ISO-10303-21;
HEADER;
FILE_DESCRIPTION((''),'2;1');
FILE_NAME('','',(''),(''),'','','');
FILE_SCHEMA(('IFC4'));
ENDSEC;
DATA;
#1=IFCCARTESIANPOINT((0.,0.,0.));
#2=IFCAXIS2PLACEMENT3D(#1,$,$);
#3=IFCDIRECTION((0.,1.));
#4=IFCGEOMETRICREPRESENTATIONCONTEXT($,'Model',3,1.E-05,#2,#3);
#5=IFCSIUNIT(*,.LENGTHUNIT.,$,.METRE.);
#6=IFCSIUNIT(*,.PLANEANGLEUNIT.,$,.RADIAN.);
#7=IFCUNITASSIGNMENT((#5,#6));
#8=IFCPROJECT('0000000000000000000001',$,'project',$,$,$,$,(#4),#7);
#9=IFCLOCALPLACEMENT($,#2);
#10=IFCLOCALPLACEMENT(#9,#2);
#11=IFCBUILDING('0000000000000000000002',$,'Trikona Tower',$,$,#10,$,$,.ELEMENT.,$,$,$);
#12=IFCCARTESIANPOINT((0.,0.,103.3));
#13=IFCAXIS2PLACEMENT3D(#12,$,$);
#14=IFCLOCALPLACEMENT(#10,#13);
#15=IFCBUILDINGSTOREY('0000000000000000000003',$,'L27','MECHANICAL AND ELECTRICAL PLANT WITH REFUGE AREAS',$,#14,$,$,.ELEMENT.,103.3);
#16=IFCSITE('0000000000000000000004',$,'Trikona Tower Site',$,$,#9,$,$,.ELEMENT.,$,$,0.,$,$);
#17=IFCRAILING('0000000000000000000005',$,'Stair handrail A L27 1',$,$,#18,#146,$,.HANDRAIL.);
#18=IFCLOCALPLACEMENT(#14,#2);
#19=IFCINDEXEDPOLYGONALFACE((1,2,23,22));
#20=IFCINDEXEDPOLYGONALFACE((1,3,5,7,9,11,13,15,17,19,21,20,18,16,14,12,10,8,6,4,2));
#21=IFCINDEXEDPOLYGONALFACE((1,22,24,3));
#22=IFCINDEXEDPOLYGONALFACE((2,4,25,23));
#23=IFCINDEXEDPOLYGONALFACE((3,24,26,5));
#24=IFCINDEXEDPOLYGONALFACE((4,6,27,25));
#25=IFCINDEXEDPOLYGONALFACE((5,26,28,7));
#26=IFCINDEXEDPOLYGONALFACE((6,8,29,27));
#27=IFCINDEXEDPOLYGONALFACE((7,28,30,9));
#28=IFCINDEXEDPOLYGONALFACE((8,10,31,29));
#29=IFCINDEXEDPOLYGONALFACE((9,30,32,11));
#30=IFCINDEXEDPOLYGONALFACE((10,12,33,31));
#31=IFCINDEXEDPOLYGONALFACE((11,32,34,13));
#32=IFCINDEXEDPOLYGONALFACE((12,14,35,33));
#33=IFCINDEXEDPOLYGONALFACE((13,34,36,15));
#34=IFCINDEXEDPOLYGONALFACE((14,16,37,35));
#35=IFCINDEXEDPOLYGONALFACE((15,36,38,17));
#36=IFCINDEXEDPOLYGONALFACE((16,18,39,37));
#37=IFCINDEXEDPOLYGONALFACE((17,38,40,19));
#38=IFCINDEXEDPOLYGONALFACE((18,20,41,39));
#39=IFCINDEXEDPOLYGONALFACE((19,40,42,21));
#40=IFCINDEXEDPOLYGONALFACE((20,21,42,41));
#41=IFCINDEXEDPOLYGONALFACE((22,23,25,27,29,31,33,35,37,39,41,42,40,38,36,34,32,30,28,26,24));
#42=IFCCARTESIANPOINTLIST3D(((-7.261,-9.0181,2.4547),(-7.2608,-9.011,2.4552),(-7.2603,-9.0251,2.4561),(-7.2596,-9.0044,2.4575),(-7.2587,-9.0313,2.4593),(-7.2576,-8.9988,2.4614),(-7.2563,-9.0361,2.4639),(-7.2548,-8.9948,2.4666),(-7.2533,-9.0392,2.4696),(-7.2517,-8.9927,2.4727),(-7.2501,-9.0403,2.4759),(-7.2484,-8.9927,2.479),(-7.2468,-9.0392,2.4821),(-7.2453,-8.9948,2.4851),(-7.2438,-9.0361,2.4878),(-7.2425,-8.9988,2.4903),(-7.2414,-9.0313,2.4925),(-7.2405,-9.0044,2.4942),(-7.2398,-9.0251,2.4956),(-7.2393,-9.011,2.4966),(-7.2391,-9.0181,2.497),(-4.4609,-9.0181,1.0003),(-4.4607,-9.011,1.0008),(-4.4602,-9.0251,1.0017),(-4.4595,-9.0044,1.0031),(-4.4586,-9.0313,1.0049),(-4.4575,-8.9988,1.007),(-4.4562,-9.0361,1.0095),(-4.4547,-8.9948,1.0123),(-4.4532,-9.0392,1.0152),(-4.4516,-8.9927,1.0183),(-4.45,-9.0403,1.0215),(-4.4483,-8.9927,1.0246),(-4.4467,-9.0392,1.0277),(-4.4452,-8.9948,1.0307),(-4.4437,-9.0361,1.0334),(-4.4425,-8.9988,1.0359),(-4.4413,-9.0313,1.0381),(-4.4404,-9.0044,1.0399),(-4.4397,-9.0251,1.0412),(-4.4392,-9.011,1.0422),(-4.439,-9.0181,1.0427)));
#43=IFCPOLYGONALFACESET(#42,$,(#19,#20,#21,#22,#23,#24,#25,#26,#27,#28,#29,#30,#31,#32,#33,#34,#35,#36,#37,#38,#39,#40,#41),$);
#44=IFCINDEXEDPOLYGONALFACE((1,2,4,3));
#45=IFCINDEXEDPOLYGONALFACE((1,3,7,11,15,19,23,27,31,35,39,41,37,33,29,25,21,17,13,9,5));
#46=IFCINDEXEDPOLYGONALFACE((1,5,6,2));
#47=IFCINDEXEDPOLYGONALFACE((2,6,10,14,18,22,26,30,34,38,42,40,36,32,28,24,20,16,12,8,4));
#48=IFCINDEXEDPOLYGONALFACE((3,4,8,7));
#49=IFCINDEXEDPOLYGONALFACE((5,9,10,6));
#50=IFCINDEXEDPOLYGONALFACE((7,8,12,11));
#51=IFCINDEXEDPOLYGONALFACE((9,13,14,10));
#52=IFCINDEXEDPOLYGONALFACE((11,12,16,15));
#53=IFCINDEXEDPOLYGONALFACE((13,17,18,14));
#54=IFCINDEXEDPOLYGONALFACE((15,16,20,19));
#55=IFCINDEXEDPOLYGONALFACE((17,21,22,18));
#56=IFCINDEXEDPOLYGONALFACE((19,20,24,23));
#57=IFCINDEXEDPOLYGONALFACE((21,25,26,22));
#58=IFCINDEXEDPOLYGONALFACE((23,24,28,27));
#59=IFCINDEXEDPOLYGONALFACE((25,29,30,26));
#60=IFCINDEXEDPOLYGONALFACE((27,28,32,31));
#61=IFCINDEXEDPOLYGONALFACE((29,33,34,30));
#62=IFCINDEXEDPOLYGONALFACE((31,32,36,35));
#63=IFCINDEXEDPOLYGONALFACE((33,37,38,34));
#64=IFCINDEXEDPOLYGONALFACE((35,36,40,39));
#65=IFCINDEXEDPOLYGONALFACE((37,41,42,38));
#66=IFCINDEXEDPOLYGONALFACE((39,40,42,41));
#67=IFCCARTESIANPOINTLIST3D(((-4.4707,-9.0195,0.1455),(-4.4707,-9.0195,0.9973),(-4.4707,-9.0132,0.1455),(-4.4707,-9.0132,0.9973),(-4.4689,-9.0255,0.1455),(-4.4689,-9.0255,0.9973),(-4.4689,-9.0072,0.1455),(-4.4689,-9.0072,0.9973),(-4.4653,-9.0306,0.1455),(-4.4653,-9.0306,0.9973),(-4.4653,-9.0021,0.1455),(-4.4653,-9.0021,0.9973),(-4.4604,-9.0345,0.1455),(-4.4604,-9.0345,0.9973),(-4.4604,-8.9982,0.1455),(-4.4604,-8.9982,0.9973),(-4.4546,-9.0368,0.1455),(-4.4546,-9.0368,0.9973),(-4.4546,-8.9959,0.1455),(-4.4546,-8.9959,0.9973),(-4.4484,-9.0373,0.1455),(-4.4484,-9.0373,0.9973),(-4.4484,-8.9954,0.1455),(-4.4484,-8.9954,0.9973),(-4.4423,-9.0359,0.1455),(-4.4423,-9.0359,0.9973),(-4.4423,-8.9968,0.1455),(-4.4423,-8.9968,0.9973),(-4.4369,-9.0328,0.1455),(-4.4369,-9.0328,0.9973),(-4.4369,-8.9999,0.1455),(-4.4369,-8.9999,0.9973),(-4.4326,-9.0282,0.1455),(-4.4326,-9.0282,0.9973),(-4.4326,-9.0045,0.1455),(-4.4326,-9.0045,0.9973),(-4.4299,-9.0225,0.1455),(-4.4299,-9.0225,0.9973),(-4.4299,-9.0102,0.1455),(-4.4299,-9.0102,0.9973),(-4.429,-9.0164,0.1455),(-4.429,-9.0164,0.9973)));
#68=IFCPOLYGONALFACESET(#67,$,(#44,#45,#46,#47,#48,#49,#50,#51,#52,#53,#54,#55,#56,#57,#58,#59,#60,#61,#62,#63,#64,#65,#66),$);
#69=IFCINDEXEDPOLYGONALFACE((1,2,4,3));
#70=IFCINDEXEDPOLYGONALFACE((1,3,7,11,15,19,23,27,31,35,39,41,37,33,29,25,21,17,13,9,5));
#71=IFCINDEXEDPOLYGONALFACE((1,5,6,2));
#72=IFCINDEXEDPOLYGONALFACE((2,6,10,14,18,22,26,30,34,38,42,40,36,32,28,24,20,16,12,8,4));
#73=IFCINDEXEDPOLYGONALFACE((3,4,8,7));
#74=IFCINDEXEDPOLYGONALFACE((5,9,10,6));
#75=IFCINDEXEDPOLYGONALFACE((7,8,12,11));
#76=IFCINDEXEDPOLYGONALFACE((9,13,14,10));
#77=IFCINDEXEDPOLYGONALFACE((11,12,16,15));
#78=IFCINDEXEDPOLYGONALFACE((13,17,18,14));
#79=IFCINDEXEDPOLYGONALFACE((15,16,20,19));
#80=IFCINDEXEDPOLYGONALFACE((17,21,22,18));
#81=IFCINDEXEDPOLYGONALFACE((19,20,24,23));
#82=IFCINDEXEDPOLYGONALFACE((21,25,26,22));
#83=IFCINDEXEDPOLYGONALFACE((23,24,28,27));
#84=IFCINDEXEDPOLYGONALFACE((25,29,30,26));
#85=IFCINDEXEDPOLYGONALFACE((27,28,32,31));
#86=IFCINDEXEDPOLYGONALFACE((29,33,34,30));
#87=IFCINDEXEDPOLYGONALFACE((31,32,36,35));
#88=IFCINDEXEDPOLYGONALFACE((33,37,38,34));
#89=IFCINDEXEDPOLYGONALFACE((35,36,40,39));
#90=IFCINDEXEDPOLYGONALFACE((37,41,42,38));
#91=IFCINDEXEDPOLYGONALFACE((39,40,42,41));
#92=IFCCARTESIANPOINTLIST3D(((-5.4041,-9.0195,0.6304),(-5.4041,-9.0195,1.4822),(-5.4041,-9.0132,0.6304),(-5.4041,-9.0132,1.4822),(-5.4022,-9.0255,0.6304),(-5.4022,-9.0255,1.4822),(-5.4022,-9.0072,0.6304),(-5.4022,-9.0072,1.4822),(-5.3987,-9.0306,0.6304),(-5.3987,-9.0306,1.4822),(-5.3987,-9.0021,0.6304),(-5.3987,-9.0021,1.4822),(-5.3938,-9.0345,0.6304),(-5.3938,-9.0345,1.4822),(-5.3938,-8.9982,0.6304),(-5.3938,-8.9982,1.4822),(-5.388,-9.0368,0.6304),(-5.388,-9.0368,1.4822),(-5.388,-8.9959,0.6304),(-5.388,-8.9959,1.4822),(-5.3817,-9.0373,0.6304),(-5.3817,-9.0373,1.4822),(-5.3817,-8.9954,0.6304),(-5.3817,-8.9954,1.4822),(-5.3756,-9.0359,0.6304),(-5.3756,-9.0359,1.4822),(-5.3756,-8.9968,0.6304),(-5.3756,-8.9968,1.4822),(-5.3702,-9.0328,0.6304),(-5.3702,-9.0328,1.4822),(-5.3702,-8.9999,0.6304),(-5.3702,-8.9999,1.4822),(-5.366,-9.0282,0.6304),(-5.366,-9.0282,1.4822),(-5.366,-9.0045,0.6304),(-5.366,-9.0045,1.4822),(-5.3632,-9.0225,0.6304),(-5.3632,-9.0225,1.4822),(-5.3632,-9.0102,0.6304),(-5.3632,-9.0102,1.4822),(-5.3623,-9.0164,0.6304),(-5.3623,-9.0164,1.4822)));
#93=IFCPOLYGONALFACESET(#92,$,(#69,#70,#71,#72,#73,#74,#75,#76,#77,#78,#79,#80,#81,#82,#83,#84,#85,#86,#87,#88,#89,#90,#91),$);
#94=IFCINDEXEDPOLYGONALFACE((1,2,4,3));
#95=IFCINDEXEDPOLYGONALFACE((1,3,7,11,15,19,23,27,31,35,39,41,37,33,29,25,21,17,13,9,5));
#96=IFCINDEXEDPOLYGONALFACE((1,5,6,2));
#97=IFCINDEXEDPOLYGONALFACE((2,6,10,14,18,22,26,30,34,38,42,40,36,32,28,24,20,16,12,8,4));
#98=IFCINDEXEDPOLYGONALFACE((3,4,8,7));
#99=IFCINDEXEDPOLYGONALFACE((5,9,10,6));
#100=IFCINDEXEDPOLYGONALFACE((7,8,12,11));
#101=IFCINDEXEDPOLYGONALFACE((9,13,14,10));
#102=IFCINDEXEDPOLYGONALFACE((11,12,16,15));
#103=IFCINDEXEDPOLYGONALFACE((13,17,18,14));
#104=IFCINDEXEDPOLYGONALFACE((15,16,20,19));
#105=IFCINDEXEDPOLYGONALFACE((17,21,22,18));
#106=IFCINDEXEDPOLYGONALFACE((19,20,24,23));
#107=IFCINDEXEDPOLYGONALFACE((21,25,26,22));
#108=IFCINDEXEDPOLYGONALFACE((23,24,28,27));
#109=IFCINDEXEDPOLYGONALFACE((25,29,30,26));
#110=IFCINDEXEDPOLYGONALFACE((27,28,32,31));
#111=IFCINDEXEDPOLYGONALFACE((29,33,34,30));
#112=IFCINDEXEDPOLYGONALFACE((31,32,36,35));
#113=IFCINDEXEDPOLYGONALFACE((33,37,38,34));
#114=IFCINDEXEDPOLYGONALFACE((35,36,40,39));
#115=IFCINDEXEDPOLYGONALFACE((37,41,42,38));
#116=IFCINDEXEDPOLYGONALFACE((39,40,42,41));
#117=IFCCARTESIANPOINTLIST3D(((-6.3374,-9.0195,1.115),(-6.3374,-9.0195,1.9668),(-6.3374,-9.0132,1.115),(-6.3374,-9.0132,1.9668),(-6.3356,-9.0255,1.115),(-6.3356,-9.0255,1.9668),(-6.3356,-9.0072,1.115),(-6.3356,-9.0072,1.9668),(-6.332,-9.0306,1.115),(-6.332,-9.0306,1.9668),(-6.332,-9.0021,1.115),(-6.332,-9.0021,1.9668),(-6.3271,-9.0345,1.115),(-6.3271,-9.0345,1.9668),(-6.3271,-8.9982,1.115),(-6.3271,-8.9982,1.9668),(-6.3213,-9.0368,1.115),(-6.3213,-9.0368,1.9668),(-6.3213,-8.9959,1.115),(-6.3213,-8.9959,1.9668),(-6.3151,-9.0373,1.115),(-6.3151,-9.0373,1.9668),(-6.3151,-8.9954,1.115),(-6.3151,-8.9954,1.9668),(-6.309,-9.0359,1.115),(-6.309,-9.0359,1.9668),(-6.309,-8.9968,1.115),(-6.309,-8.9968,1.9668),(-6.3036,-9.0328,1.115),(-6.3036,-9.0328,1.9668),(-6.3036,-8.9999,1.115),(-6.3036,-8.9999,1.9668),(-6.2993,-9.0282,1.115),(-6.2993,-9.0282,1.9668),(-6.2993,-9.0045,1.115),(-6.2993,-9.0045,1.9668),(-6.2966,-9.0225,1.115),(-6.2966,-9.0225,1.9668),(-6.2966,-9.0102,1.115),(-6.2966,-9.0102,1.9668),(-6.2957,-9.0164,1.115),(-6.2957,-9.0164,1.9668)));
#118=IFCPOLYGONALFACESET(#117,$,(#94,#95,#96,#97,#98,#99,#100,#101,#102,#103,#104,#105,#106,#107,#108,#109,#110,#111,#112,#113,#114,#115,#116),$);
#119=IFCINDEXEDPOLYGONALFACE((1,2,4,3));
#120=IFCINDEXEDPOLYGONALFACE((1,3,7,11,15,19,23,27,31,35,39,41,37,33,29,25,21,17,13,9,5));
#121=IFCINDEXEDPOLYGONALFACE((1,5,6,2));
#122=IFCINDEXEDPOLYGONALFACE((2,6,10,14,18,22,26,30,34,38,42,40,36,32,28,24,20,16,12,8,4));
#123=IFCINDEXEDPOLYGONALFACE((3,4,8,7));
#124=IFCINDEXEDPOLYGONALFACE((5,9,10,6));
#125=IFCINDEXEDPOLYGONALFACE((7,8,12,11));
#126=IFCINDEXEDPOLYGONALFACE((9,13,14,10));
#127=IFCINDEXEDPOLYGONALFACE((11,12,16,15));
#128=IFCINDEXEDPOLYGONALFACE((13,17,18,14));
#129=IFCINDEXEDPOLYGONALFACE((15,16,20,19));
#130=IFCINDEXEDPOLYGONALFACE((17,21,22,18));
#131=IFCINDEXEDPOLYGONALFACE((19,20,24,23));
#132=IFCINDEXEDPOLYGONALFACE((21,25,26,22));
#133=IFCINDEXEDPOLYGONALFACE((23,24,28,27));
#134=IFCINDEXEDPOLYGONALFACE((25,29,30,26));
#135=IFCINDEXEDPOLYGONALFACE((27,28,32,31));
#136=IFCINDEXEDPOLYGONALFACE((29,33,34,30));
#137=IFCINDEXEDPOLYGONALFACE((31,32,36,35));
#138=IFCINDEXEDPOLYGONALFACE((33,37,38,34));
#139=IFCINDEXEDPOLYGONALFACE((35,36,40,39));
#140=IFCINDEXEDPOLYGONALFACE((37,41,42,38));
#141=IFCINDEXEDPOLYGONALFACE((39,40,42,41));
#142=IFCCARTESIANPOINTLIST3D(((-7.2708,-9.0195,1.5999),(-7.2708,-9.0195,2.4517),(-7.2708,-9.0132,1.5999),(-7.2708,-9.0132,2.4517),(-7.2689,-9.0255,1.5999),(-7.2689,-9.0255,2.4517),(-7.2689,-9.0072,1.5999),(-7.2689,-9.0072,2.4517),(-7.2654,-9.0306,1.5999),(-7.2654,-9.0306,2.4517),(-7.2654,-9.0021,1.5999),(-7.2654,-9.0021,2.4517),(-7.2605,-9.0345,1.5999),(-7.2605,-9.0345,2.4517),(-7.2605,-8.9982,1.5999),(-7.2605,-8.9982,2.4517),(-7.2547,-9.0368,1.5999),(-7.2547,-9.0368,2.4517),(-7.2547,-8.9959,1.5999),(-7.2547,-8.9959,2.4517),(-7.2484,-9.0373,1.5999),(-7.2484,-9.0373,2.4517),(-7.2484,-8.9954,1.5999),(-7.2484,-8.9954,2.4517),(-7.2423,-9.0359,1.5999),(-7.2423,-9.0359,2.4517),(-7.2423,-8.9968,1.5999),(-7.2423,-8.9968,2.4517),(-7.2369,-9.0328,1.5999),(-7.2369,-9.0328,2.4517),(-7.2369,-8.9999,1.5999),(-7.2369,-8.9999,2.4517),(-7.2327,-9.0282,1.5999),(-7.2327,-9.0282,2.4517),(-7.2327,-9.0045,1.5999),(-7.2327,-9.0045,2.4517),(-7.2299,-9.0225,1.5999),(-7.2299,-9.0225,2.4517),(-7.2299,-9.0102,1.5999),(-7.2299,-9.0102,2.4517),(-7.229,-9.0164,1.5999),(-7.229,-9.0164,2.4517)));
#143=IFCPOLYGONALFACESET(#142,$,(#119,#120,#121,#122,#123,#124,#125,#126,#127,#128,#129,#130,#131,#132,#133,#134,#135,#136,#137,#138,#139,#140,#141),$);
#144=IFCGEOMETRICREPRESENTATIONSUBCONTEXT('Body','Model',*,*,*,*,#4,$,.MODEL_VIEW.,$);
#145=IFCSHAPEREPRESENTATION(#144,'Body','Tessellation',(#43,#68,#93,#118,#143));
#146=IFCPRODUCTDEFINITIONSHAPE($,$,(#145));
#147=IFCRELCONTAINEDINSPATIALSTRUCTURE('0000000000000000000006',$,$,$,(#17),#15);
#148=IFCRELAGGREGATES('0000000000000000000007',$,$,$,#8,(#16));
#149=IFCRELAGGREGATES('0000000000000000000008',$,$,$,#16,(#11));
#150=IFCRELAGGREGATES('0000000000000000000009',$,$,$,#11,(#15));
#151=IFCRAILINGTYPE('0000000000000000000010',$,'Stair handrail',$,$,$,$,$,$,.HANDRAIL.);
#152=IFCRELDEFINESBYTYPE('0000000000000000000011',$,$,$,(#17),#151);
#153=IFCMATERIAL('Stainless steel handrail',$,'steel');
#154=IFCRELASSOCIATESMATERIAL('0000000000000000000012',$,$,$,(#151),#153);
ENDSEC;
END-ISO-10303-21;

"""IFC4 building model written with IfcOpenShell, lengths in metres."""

from ifc_helpers import new_model, si_unit, direction, frame, origin, origin_2d, place, context, subcontext, project, spatial, circle, extrude, material, type_object, element, save


model = new_model("IFC4")

# Units and contexts
model_context = context("Model", 3, precision=1e-05, world=origin(), true_north=direction((0.0, 1.0)))
body_context = subcontext(model_context, "Body", "Model", "MODEL_VIEW")
ifc_project = project(units=[si_unit("LENGTHUNIT", "METRE"), si_unit("PLANEANGLEUNIT", "RADIAN")], contexts=[model_context])

# Site, building, storey
site_placement = place(None, origin())
site = spatial("IfcSite", under=ifc_project, at=site_placement, Name="Trikona Tower Site", CompositionType="ELEMENT", RefElevation=0.0)
building_placement = place(site_placement, origin())
building = spatial("IfcBuilding", under=site, at=building_placement, Name="Trikona Tower", CompositionType="ELEMENT")
storey_placement = place(building_placement, frame((0.0, 0.0, 103.3)))
storey = spatial("IfcBuildingStorey", under=building, at=storey_placement, Name="L27", Description="MECHANICAL AND ELECTRICAL PLANT WITH REFUGE AREAS", CompositionType="ELEMENT", Elevation=103.3)

# Railing
ifc_material_1 = material(Name="Stainless steel handrail", Category="steel")
railing_type = type_object("IfcRailingType", Name="Stair handrail", PredefinedType="HANDRAIL", material=ifc_material_1)
railing_1_placement = place(storey_placement, frame((-4.45, -9.0164, 0.1455)))
element("IfcRailing", 1, at=railing_1_placement, inside=storey, type_object=railing_type, Name="Stair handrail A L27 1", PredefinedType="HANDRAIL", context=body_context, shape_type="SweptSolid", body=[
    extrude(circle(Radius=0.0239, at=origin_2d()), frame((0.0, 0.0, 0.876), z_axis=(-0.887435, 0.0, 0.460934), x_axis=(0.0, -1.0, 0.0)), (0.0, 0.0, 1.0), 3.1553),
    extrude(circle(Radius=0.021, at=origin_2d()), origin(), (0.0, 0.0, 1.0), 0.8518),
    extrude(circle(Radius=0.021, at=origin_2d()), frame((-0.9333, 0.0, 0.4849)), (0.0, 0.0, 1.0), 0.8518),
    extrude(circle(Radius=0.021, at=origin_2d()), frame((-1.8667, 0.0, 0.9695)), (0.0, 0.0, 1.0), 0.8518),
    extrude(circle(Radius=0.021, at=origin_2d()), frame((-2.8, 0.0, 1.4543)), (0.0, 0.0, 1.0), 0.8518),
])

save(model, "model.ifc")
